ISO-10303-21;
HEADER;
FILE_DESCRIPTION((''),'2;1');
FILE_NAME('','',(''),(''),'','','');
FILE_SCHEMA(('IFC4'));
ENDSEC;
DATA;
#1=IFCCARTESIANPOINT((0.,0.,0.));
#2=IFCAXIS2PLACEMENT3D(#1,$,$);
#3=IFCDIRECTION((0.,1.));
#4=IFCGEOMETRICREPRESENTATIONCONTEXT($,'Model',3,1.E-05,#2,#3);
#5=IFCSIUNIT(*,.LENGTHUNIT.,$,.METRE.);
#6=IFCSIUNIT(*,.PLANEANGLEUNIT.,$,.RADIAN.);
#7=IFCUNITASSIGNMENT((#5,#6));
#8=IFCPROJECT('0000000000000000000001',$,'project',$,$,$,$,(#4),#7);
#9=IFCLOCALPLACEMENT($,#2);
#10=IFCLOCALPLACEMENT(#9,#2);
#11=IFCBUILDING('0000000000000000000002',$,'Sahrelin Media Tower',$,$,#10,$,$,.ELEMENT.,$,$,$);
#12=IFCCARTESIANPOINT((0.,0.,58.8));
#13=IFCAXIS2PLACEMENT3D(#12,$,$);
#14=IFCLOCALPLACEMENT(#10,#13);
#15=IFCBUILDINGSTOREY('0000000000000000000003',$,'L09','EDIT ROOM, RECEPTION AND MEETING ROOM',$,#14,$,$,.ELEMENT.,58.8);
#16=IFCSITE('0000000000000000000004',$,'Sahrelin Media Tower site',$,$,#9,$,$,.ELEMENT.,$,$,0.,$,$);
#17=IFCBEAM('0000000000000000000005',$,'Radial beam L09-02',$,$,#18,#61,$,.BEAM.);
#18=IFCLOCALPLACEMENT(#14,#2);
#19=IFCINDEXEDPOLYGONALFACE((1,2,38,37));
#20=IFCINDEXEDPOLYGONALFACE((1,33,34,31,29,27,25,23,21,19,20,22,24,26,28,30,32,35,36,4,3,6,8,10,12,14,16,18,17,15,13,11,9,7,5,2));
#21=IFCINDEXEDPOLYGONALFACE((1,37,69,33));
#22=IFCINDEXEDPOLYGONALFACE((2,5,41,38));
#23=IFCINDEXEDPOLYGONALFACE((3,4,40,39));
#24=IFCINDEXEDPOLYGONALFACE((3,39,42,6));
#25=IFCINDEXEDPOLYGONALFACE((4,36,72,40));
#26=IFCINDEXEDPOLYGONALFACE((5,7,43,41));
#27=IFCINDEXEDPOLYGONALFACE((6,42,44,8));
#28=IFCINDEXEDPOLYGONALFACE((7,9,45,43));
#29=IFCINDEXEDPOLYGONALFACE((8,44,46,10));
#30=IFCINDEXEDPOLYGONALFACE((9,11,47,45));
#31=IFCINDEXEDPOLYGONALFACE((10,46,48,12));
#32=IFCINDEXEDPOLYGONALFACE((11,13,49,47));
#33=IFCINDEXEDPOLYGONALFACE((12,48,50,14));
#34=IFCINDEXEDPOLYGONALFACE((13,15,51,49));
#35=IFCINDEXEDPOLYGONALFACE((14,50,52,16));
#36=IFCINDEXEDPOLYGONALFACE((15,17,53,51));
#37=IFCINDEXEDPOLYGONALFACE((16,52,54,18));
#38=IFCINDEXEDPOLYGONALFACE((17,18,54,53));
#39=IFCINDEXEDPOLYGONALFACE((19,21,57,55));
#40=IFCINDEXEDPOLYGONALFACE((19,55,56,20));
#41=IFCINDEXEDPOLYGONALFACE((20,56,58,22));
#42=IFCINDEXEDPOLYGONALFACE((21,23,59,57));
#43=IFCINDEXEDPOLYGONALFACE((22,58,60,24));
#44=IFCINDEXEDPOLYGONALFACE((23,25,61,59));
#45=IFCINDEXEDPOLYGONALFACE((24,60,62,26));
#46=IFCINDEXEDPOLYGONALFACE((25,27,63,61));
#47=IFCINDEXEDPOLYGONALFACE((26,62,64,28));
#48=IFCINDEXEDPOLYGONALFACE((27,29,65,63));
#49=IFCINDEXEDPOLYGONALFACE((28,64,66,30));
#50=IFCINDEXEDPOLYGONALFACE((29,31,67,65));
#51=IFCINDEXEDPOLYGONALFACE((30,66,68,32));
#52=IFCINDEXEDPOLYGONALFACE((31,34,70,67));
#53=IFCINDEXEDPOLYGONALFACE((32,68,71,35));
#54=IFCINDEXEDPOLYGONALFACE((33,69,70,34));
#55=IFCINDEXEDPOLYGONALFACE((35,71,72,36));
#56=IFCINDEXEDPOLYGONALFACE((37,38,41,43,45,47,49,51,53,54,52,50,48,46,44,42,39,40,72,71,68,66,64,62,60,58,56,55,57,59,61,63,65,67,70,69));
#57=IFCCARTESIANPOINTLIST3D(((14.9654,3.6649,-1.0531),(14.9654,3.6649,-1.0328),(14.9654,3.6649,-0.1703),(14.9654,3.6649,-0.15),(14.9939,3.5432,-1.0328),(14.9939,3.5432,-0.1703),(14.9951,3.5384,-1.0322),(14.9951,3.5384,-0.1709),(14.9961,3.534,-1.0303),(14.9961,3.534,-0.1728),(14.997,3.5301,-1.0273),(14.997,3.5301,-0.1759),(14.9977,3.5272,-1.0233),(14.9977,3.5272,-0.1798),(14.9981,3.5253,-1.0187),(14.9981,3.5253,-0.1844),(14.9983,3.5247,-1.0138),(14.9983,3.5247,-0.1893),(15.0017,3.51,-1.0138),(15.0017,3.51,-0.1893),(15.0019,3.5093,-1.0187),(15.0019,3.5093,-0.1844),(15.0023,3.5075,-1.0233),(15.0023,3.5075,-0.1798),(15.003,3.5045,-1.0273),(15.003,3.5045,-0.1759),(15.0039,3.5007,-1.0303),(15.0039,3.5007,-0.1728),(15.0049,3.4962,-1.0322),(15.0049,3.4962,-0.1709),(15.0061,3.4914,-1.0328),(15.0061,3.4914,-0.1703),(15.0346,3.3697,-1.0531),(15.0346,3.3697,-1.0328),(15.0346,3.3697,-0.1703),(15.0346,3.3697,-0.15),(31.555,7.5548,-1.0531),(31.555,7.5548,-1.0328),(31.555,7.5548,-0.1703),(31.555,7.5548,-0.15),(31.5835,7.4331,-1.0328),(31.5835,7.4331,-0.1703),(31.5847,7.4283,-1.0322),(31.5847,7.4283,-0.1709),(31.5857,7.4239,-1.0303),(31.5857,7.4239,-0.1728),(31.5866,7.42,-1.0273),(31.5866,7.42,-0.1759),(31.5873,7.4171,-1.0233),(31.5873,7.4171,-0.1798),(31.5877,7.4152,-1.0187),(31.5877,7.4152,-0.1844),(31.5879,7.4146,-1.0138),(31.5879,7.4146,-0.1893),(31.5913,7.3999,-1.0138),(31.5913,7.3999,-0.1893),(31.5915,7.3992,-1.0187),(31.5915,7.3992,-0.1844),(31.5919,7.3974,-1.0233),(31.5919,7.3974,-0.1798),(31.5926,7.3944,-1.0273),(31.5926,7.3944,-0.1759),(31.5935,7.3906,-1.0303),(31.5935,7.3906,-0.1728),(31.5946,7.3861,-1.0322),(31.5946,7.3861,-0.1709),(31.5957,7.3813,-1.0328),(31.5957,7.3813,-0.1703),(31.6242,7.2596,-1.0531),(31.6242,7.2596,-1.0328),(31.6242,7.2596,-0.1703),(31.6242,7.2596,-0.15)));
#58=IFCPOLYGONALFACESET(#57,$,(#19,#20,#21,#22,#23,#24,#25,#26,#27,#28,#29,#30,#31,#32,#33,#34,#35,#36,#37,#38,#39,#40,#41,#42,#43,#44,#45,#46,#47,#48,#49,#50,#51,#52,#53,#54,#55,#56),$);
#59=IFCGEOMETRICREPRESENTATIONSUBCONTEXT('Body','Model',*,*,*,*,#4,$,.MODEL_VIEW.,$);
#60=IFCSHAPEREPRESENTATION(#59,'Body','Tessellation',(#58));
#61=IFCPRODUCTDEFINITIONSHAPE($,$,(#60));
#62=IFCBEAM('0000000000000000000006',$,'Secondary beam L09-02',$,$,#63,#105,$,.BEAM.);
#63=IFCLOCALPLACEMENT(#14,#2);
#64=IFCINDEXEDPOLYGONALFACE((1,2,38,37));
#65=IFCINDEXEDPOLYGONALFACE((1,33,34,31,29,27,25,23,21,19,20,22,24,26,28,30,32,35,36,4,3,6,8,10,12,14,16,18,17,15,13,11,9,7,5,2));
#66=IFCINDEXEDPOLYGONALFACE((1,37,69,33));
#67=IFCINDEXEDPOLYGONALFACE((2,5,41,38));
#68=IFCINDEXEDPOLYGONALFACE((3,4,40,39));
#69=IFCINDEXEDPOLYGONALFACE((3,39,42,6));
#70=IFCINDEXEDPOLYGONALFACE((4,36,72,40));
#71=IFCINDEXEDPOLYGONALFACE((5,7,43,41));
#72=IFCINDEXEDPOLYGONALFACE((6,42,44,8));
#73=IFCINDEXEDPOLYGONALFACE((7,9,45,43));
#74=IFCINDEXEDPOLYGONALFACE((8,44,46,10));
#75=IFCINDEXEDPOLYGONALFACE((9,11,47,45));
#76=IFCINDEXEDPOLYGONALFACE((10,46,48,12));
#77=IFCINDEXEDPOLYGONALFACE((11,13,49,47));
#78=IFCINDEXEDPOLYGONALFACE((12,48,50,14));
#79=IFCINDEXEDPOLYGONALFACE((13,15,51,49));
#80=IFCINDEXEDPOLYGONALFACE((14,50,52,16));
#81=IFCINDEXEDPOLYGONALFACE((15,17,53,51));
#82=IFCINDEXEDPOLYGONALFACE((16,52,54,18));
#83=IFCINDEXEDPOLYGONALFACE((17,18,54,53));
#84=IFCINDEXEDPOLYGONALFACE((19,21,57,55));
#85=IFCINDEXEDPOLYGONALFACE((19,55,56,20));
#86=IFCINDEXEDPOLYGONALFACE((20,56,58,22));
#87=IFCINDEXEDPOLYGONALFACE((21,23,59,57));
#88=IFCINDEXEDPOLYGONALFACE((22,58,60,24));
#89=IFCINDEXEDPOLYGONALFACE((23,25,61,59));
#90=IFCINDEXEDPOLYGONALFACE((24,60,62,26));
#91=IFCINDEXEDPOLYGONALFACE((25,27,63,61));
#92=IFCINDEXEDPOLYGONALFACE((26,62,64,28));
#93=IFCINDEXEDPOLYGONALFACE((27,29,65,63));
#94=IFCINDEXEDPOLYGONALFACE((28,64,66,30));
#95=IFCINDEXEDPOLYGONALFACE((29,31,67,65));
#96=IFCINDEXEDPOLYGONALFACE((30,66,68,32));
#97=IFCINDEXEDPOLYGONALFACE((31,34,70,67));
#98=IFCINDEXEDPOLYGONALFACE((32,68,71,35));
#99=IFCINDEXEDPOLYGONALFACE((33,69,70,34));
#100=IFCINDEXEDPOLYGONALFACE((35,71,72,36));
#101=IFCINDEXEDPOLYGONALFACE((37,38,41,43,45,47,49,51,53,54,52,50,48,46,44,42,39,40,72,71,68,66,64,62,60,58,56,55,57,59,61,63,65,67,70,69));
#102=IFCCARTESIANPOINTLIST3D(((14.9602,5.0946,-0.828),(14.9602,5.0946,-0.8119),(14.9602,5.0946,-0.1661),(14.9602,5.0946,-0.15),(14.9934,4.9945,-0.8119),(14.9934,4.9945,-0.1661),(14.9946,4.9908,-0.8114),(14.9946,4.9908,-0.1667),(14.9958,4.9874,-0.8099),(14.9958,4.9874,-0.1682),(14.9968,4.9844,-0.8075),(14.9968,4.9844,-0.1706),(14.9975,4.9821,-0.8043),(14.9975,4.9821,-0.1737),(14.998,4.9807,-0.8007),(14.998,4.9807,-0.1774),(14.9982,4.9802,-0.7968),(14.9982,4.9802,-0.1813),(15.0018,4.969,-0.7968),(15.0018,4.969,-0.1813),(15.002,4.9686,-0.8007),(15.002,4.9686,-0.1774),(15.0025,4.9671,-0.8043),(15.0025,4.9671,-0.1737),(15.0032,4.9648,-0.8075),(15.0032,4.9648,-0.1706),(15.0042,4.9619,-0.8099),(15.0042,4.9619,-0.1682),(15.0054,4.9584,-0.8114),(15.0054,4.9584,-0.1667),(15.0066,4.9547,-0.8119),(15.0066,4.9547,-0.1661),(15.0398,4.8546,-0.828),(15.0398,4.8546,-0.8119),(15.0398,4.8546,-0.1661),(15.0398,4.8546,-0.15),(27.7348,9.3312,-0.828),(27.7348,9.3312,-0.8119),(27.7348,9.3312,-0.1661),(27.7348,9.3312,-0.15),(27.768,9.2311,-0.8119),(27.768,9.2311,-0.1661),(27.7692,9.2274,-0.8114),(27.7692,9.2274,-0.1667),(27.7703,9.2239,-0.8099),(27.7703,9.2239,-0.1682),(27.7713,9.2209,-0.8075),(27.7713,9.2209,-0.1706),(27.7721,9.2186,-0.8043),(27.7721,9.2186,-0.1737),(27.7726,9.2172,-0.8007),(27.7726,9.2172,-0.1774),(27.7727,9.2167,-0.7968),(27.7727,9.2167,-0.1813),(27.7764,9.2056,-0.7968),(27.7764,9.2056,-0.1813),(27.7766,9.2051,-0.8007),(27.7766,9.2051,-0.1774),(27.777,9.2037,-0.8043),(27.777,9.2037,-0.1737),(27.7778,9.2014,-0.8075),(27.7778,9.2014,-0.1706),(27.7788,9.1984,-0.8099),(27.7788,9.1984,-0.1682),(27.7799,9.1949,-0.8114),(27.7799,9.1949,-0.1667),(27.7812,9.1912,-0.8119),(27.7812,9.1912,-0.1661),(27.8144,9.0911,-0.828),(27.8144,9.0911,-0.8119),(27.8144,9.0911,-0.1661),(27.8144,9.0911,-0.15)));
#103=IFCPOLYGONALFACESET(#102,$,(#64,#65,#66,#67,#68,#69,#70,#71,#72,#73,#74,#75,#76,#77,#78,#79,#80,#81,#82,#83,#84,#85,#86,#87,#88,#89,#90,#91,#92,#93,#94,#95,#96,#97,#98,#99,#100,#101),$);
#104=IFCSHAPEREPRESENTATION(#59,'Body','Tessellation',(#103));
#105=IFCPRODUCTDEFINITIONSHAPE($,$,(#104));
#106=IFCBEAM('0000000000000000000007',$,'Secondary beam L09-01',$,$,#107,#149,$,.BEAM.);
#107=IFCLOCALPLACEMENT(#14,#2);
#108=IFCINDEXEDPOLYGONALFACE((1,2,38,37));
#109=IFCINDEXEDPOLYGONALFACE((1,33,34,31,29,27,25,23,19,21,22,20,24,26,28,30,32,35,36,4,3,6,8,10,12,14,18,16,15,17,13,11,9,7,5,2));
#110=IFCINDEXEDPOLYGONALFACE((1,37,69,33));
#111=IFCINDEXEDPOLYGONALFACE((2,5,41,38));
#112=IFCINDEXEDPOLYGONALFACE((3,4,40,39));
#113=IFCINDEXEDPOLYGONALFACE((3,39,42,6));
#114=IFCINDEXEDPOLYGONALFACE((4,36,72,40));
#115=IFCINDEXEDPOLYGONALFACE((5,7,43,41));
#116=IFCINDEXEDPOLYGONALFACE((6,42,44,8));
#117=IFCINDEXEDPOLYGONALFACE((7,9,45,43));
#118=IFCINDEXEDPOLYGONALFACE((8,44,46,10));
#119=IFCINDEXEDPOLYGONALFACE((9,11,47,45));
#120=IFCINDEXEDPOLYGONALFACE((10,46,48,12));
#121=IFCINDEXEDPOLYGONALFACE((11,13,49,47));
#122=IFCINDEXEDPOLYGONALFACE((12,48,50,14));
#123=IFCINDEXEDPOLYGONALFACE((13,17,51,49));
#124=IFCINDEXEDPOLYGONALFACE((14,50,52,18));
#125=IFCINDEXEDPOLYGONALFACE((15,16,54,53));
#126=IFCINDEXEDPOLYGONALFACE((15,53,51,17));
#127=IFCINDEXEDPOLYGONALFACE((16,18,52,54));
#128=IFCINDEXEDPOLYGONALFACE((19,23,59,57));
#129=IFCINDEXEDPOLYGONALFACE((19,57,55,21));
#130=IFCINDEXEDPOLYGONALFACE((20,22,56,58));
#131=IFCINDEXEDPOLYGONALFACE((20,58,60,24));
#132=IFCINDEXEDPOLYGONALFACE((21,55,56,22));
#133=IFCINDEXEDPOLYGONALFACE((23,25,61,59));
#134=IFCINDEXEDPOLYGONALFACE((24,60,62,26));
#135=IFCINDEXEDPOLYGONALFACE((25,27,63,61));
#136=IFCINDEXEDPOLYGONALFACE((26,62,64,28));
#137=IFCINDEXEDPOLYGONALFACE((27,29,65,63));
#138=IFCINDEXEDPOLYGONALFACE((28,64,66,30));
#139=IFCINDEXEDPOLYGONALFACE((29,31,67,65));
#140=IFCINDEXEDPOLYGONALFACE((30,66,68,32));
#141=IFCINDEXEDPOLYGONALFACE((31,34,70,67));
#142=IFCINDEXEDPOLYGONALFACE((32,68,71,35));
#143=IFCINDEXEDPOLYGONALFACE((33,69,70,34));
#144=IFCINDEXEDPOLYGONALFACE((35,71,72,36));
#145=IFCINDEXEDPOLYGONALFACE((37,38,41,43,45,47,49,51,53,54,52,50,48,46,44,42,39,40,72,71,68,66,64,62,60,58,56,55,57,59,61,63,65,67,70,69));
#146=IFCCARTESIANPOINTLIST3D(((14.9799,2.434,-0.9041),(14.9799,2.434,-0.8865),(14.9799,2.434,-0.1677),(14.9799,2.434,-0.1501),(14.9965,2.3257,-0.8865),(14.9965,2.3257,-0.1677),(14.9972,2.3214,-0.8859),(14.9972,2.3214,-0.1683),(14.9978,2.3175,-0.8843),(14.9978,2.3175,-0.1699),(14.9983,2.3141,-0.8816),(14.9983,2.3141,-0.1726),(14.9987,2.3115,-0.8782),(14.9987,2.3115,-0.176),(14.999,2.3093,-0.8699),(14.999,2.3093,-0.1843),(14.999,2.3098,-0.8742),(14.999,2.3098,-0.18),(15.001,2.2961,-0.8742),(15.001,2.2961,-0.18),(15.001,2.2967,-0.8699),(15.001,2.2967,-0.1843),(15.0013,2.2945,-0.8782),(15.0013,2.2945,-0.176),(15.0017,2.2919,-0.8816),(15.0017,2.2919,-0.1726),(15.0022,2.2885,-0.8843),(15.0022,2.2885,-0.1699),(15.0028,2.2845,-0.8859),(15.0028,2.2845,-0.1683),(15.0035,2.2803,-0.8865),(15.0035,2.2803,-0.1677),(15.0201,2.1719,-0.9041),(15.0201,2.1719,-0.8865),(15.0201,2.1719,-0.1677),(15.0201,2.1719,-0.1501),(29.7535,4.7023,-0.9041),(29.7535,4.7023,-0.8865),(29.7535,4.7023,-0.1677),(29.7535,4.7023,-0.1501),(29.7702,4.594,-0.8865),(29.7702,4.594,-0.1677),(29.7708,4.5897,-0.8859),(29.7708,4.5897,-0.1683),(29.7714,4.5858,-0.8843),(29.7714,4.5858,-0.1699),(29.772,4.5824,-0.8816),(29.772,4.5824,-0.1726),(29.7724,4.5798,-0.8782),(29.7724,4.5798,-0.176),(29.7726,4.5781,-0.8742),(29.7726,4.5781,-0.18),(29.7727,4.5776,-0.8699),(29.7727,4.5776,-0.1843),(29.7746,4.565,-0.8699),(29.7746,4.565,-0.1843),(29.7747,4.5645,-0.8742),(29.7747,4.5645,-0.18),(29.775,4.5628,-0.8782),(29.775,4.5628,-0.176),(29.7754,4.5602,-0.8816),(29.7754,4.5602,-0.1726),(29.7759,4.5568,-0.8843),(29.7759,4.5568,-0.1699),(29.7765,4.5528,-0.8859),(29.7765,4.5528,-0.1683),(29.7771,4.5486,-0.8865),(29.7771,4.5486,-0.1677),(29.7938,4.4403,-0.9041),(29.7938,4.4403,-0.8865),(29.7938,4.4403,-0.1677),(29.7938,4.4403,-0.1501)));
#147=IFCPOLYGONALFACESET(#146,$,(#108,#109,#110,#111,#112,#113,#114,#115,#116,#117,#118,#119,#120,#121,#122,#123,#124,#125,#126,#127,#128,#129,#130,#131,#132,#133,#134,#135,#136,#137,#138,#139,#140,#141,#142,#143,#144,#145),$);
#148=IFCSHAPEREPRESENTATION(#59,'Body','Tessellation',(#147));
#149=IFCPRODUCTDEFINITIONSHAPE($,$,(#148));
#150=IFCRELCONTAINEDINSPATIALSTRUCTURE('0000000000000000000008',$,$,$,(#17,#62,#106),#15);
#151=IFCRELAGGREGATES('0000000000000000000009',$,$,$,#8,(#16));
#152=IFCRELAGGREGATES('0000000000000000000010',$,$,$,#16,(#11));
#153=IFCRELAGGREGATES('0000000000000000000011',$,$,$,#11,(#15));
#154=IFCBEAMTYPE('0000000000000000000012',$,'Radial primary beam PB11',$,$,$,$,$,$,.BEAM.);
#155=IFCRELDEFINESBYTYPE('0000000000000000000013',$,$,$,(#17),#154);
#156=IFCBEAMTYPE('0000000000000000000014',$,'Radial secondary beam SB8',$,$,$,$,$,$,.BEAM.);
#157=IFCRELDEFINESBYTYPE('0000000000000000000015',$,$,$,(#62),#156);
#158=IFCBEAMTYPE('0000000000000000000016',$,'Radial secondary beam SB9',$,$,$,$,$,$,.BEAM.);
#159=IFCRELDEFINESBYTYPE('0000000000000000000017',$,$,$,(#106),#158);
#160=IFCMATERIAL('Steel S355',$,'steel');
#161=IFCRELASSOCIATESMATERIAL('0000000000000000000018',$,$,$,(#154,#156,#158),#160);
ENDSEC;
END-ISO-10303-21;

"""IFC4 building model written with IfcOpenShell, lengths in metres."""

from ifc_helpers import new_model, si_unit, direction, frame, origin, origin_2d, place, context, subcontext, project, spatial, i_section, extrude, material, material_profile, profile_set, type_object, element, save


model = new_model("IFC4")

# Units and contexts
model_context = context("Model", 3, precision=1e-05, world=origin(), true_north=direction((0.0, 1.0)))
body_context = subcontext(model_context, "Body", "Model", "MODEL_VIEW")
ifc_project = project(units=[si_unit("LENGTHUNIT", "METRE"), si_unit("PLANEANGLEUNIT", "RADIAN")], contexts=[model_context])

# Site, building, storey
site_placement = place(None, origin())
site = spatial("IfcSite", under=ifc_project, at=site_placement, Name="Sahrelin Media Tower site", CompositionType="ELEMENT", RefElevation=0.0)
building_placement = place(site_placement, origin())
building = spatial("IfcBuilding", under=site, at=building_placement, Name="Sahrelin Media Tower", CompositionType="ELEMENT")
storey_placement = place(building_placement, frame((0.0, 0.0, 58.8)))
storey = spatial("IfcBuildingStorey", under=building, at=storey_placement, Name="L09", Description="EDIT ROOM, RECEPTION AND MEETING ROOM", CompositionType="ELEMENT", Elevation=58.8)

# Shared definitions
ifc_material_1 = material(Name="Steel S355", Category="steel")

# Beams
ifc_material_profile_1 = material_profile(ifc_material_1, i_section(OverallWidth=0.3032, OverallDepth=0.9031, WebThickness=0.0151, FlangeThickness=0.0203, FilletRadius=0.019, at=origin_2d()), Name="UB 914x305x201")
ifc_profile_set_1 = profile_set([ifc_material_profile_1], Name="Steel S355")
beam_type_1 = type_object("IfcBeamType", Name="Radial primary beam PB11", PredefinedType="BEAM", material=ifc_profile_set_1)
beam_1_placement = place(storey_placement, frame((15.0, 3.5173, -0.6016), z_axis=(0.973594, 0.228286, 0.0), x_axis=(-0.228286, 0.973594, 0.0)))
element("IfcBeam", 1, at=beam_1_placement, inside=storey, type_object=beam_type_1, Name="Radial beam L09-02", PredefinedType="BEAM", context=body_context, shape_type="SweptSolid", body=[
    extrude(i_section(OverallWidth=0.3032, OverallDepth=0.9031, WebThickness=0.0151, FlangeThickness=0.0203, FilletRadius=0.019, at=origin_2d()), origin(), (0.0, 0.0, 1.0), 17.0396),
])
ifc_material_profile_2 = material_profile(ifc_material_1, i_section(OverallWidth=0.2529, OverallDepth=0.678, WebThickness=0.0117, FlangeThickness=0.0161, FilletRadius=0.0151, at=origin_2d()), Name="UB 686x254x125")
ifc_profile_set_2 = profile_set([ifc_material_profile_2], Name="Steel S355")
beam_type_2 = type_object("IfcBeamType", Name="Radial secondary beam SB8", PredefinedType="BEAM", material=ifc_profile_set_2)
beam_2_placement = place(storey_placement, frame((15.0, 4.9746, -0.489), z_axis=(0.949165, 0.31478, 0.0), x_axis=(-0.31478, 0.949165, 0.0)))
element("IfcBeam", 2, at=beam_2_placement, inside=storey, type_object=beam_type_2, Name="Secondary beam L09-02", PredefinedType="BEAM", context=body_context, shape_type="SweptSolid", body=[
    extrude(i_section(OverallWidth=0.2529, OverallDepth=0.678, WebThickness=0.0117, FlangeThickness=0.0161, FilletRadius=0.0151, at=origin_2d()), origin(), (0.0, 0.0, 1.0), 13.4587),
])
ifc_material_profile_3 = material_profile(ifc_material_1, i_section(OverallWidth=0.2651, OverallDepth=0.7539, WebThickness=0.0127, FlangeThickness=0.0176, FilletRadius=0.0166, at=origin_2d()), Name="UB 762x267x147")
ifc_profile_set_3 = profile_set([ifc_material_profile_3], Name="Steel S355")
beam_type_3 = type_object("IfcBeamType", Name="Radial secondary beam SB9", PredefinedType="BEAM", material=ifc_profile_set_3)
beam_3_placement = place(storey_placement, frame((15.0, 2.303, -0.5271), z_axis=(0.988418, 0.151759, 0.0), x_axis=(-0.151759, 0.988418, 0.0)))
element("IfcBeam", 3, at=beam_3_placement, inside=storey, type_object=beam_type_3, Name="Secondary beam L09-01", PredefinedType="BEAM", context=body_context, shape_type="SweptSolid", body=[
    extrude(i_section(OverallWidth=0.2651, OverallDepth=0.7539, WebThickness=0.0127, FlangeThickness=0.0176, FilletRadius=0.0166, at=origin_2d()), origin(), (0.0, 0.0, 1.0), 14.9468),
])

save(model, "model.ifc")
